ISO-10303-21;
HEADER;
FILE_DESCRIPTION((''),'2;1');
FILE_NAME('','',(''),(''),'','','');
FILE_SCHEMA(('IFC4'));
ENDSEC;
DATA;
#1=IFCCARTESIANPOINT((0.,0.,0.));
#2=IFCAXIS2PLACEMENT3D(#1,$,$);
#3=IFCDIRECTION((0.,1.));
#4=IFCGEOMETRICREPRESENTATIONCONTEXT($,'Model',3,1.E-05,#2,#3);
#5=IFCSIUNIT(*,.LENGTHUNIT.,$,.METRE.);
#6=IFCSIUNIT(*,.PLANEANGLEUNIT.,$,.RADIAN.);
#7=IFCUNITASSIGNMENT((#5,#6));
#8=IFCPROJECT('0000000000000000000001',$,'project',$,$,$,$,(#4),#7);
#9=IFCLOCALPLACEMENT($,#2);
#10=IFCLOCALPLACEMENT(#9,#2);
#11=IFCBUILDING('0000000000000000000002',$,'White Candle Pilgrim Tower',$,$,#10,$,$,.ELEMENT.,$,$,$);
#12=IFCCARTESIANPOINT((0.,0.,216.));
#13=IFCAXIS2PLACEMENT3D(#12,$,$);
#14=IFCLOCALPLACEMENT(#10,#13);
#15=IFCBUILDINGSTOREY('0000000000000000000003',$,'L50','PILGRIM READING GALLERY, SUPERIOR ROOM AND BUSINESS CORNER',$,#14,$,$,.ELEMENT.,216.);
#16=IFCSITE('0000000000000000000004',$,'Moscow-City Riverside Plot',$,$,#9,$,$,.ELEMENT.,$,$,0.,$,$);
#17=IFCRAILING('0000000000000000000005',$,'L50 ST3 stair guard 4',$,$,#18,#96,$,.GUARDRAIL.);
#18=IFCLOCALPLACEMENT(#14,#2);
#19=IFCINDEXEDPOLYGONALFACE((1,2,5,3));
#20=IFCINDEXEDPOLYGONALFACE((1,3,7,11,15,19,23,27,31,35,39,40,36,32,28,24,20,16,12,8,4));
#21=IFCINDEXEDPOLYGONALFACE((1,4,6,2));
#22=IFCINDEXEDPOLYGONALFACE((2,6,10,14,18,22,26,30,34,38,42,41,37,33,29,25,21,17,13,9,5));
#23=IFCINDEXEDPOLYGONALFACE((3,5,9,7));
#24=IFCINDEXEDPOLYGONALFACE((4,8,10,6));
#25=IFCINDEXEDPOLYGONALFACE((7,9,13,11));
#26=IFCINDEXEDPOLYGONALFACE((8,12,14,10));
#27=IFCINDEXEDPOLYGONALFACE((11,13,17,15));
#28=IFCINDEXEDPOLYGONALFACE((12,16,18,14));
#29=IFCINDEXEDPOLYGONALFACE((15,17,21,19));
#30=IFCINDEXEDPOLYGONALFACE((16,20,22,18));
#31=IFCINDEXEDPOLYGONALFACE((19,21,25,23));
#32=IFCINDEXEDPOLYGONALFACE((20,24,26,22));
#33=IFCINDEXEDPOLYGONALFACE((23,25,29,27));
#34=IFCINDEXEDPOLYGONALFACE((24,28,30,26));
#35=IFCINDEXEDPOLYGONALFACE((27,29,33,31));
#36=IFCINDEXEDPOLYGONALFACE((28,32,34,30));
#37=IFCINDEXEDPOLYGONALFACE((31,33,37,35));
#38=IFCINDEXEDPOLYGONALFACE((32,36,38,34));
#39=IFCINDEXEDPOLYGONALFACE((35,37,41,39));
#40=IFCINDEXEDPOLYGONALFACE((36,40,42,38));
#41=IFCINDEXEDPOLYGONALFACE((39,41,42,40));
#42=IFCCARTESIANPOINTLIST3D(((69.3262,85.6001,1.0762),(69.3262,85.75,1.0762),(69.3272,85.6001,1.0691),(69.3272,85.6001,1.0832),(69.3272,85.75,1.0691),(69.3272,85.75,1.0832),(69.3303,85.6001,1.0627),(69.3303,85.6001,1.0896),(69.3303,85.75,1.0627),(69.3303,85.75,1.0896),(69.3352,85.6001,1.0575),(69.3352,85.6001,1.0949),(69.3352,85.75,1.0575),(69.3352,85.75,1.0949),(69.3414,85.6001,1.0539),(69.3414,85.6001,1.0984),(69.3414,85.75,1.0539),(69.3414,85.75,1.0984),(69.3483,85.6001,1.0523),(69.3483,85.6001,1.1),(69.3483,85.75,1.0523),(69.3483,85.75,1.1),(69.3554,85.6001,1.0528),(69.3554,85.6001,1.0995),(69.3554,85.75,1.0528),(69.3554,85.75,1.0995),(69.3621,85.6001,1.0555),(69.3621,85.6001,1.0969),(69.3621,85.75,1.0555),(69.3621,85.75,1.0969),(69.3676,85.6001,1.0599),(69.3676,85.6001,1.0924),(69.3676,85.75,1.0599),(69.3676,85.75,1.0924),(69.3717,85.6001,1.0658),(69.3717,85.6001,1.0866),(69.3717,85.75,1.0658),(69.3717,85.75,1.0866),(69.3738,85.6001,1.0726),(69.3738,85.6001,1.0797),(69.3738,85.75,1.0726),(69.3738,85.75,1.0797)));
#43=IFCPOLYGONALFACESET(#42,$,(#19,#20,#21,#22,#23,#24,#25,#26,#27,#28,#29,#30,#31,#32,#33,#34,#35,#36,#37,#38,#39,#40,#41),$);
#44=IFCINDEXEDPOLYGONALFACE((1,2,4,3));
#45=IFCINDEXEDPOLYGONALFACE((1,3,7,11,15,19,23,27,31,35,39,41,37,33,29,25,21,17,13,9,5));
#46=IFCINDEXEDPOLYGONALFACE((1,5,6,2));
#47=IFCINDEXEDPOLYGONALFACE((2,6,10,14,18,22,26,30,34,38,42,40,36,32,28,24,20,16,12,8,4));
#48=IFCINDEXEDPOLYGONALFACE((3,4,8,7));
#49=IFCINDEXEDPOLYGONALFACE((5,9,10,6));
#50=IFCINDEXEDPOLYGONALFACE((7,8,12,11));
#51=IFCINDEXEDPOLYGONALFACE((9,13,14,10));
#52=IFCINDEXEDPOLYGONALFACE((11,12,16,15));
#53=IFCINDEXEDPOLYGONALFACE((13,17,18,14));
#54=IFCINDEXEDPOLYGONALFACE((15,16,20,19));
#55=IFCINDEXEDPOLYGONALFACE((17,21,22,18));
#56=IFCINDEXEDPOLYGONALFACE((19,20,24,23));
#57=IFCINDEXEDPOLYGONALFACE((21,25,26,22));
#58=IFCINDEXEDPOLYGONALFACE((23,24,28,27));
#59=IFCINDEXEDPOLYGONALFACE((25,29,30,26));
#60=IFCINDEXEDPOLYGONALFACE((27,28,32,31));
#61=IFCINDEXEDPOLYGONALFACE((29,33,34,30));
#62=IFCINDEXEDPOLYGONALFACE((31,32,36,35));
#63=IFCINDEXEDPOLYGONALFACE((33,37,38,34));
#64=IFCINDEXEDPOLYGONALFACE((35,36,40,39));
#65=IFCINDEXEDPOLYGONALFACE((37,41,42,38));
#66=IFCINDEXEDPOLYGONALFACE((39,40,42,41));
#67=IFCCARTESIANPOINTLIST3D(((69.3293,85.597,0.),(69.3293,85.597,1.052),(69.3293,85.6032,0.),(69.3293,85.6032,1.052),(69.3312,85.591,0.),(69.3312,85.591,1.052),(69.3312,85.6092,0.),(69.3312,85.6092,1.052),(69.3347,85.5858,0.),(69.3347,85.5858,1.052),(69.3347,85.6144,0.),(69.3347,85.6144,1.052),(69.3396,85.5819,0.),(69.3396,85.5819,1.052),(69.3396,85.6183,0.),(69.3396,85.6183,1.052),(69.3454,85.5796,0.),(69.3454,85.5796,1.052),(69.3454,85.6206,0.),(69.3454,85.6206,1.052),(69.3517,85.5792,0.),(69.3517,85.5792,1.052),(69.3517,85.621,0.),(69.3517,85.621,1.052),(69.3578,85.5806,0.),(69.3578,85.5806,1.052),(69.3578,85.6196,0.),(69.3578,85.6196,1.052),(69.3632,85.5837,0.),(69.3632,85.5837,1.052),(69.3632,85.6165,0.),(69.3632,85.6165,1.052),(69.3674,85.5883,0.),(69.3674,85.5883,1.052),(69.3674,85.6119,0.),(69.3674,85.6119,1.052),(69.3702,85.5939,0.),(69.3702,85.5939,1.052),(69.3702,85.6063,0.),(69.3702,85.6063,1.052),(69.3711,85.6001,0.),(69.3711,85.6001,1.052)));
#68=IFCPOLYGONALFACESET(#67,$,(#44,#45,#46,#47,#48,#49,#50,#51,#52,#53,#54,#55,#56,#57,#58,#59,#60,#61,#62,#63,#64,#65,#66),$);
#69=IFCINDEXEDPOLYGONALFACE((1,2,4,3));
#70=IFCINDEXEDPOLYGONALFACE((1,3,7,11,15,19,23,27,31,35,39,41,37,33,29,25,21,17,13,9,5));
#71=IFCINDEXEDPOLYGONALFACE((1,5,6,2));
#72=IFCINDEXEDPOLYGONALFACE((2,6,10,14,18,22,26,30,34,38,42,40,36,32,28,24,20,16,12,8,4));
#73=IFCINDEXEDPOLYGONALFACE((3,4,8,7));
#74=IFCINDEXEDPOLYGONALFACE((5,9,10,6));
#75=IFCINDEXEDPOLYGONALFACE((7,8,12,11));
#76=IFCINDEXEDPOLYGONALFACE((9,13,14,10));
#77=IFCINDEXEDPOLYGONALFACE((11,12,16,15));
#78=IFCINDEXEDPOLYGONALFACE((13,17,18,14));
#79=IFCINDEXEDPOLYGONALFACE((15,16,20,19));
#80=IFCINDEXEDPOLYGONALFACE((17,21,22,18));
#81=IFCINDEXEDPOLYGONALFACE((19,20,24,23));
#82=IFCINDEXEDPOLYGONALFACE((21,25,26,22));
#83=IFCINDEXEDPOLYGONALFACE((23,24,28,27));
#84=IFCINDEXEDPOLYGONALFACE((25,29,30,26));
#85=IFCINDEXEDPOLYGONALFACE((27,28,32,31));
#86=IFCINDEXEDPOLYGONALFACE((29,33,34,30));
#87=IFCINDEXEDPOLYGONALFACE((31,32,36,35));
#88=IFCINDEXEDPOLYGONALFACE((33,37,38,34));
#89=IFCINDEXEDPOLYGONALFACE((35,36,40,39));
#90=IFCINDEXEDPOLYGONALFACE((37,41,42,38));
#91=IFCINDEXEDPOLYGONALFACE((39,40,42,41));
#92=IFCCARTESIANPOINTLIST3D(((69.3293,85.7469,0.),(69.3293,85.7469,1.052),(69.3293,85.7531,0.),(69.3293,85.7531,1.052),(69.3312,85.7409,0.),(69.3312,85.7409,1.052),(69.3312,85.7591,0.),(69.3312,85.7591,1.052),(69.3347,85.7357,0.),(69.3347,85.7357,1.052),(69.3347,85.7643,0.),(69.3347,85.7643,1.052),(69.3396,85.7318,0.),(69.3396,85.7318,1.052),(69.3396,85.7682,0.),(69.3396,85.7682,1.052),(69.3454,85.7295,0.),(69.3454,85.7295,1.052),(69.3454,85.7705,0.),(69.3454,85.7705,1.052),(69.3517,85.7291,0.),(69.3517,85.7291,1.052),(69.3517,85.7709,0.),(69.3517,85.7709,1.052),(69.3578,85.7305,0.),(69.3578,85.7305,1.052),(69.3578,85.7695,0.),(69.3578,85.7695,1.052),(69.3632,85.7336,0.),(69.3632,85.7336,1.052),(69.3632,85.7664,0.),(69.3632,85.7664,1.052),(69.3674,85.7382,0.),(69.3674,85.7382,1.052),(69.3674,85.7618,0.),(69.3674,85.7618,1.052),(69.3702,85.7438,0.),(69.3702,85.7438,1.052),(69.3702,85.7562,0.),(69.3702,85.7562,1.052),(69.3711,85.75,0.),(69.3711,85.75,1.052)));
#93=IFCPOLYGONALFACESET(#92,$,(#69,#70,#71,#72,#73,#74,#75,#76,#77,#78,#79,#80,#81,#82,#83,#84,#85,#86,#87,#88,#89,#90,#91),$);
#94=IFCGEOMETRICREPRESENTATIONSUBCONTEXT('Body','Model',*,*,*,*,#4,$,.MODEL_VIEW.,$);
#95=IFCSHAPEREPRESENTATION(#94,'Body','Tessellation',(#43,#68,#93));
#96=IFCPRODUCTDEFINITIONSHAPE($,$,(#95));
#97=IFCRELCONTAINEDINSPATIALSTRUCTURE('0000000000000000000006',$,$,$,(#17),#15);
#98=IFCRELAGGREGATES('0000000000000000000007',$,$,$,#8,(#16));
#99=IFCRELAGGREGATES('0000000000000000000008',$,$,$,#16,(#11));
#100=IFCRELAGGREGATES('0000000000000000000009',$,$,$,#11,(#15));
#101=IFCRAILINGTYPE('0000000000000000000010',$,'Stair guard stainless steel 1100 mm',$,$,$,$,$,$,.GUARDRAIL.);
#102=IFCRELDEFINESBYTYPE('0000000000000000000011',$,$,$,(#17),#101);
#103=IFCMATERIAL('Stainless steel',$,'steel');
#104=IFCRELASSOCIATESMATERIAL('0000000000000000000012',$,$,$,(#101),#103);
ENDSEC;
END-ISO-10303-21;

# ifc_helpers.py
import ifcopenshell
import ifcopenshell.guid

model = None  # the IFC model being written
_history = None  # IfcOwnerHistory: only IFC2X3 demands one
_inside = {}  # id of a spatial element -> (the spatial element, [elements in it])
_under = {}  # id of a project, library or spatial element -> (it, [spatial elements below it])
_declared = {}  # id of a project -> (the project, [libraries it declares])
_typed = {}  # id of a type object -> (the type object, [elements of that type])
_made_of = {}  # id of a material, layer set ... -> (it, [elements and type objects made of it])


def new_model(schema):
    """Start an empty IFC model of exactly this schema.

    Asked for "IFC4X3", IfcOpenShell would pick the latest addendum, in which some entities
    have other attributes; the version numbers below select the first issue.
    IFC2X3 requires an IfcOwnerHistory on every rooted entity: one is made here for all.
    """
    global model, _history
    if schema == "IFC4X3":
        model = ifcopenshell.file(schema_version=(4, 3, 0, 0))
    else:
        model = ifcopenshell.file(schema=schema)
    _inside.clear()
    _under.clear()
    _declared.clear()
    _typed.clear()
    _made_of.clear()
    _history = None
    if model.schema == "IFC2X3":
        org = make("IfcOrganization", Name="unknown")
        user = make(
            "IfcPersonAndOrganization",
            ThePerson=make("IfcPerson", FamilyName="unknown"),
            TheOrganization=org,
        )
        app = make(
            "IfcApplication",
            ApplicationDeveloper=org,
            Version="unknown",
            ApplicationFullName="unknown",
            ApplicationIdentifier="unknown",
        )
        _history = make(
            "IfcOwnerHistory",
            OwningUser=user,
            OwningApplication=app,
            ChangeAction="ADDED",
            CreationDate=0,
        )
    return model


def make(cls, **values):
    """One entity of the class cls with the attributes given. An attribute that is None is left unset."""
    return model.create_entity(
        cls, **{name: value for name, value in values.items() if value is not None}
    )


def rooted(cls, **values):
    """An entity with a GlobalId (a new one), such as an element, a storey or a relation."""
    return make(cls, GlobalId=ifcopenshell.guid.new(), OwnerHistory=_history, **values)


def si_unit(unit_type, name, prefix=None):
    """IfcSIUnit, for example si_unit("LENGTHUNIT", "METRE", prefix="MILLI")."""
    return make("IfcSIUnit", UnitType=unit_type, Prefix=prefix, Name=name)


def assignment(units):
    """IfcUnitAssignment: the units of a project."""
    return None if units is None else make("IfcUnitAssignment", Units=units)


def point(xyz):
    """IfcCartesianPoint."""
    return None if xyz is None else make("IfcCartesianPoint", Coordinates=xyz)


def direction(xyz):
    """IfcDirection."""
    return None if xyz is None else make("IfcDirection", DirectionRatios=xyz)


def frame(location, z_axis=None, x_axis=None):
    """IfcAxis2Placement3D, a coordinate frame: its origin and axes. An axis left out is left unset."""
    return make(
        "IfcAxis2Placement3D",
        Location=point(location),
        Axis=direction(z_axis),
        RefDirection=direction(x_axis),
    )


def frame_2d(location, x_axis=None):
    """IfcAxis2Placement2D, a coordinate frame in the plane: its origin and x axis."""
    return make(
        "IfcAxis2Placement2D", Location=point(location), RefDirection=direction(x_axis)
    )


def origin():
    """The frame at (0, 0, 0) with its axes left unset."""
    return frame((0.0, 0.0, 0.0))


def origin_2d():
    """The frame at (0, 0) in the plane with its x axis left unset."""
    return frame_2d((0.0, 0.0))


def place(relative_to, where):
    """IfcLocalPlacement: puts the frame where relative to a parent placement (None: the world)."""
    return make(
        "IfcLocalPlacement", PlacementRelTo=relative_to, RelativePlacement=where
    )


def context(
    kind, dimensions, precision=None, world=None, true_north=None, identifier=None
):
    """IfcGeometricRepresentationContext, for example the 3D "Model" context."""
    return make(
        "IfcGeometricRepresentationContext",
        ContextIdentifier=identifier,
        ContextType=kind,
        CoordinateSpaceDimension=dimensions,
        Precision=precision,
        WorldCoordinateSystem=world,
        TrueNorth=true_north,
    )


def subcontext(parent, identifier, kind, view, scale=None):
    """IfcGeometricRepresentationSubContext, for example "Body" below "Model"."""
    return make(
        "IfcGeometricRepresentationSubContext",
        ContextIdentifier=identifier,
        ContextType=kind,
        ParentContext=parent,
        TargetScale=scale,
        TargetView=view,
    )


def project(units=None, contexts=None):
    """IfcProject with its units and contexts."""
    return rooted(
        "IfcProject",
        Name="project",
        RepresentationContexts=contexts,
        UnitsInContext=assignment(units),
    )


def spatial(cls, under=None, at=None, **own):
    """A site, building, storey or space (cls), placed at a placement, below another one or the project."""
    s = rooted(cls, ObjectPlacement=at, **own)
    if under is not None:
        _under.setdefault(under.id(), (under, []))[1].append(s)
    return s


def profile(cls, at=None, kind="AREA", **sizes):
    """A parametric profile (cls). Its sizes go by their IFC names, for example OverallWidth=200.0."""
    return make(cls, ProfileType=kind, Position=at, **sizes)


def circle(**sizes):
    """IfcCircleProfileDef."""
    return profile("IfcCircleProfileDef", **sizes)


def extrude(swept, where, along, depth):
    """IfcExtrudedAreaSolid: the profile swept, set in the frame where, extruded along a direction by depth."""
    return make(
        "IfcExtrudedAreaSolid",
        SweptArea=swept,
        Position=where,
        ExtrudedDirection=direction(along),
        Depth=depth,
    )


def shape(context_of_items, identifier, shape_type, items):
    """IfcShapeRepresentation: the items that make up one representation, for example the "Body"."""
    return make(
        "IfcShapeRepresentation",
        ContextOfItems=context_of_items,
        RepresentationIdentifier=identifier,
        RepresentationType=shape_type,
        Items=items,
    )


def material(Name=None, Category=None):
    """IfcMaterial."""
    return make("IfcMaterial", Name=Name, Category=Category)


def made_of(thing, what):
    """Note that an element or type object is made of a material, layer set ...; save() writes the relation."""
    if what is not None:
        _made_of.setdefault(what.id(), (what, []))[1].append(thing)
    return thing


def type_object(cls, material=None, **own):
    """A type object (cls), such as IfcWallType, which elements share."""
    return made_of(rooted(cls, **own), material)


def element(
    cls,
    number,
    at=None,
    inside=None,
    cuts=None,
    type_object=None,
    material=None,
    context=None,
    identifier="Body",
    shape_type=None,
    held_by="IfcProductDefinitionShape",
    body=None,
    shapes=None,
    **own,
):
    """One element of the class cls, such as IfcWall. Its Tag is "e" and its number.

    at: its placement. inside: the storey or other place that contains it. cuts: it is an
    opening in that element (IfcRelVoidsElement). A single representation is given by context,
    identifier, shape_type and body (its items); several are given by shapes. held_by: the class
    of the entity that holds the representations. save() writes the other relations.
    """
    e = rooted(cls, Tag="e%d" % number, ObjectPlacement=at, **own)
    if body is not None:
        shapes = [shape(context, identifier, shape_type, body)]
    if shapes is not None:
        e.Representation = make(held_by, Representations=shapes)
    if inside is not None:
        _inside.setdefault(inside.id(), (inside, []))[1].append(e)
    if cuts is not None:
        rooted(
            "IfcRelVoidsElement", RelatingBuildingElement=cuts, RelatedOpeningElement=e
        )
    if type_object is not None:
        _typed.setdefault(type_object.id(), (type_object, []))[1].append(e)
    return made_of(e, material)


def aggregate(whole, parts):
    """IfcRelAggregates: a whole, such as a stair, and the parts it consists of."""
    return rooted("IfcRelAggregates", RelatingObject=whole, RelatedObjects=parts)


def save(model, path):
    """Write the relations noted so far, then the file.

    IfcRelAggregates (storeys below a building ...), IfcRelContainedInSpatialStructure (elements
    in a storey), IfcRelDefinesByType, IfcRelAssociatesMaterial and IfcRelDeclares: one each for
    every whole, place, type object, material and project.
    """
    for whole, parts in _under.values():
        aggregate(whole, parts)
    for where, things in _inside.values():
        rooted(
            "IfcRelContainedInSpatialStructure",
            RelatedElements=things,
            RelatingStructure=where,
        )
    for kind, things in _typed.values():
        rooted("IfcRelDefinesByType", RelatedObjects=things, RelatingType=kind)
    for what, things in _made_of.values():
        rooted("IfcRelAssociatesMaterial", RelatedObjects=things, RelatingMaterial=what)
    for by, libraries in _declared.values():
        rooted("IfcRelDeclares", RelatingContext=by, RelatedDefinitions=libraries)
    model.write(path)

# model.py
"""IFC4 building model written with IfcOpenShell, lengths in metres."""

from ifc_helpers import new_model, si_unit, direction, frame, origin, origin_2d, place, context, subcontext, project, spatial, circle, extrude, material, type_object, element, save


model = new_model("IFC4")

# Units and contexts
model_context = context("Model", 3, precision=1e-05, world=origin(), true_north=direction((0.0, 1.0)))
body_context = subcontext(model_context, "Body", "Model", "MODEL_VIEW")
ifc_project = project(units=[si_unit("LENGTHUNIT", "METRE"), si_unit("PLANEANGLEUNIT", "RADIAN")], contexts=[model_context])

# Site, building, storey
site_placement = place(None, origin())
site = spatial("IfcSite", under=ifc_project, at=site_placement, Name="Moscow-City Riverside Plot", CompositionType="ELEMENT", RefElevation=0.0)
building_placement = place(site_placement, origin())
building = spatial("IfcBuilding", under=site, at=building_placement, Name="White Candle Pilgrim Tower", CompositionType="ELEMENT")
storey_placement = place(building_placement, frame((0.0, 0.0, 216.0)))
storey = spatial("IfcBuildingStorey", under=building, at=storey_placement, Name="L50", Description="PILGRIM READING GALLERY, SUPERIOR ROOM AND BUSINESS CORNER", CompositionType="ELEMENT", Elevation=216.0)

# Railing
ifc_material_1 = material(Name="Stainless steel", Category="steel")
railing_type_1 = type_object("IfcRailingType", Name="Stair guard stainless steel 1100 mm", PredefinedType="GUARDRAIL", material=ifc_material_1)
railing_1_placement = place(storey_placement, frame((69.3501, 85.6001, 0.0)))
element("IfcRailing", 1, at=railing_1_placement, inside=storey, type_object=railing_type_1, Name="L50 ST3 stair guard 4", PredefinedType="GUARDRAIL", context=body_context, shape_type="SweptSolid", body=[
    extrude(circle(Radius=0.0239, at=origin_2d()), frame((0.0, 0.0, 1.0762), z_axis=(0.0, 1.0, 0.0), x_axis=(-1.0, 0.0, 0.0)), (0.0, 0.0, 1.0), 0.1499),
    extrude(circle(Radius=0.021, at=origin_2d()), origin(), (0.0, 0.0, 1.0), 1.052),
    extrude(circle(Radius=0.021, at=origin_2d()), frame((0.0, 0.1499, 0.0)), (0.0, 0.0, 1.0), 1.052),
])

save(model, "model.ifc")
